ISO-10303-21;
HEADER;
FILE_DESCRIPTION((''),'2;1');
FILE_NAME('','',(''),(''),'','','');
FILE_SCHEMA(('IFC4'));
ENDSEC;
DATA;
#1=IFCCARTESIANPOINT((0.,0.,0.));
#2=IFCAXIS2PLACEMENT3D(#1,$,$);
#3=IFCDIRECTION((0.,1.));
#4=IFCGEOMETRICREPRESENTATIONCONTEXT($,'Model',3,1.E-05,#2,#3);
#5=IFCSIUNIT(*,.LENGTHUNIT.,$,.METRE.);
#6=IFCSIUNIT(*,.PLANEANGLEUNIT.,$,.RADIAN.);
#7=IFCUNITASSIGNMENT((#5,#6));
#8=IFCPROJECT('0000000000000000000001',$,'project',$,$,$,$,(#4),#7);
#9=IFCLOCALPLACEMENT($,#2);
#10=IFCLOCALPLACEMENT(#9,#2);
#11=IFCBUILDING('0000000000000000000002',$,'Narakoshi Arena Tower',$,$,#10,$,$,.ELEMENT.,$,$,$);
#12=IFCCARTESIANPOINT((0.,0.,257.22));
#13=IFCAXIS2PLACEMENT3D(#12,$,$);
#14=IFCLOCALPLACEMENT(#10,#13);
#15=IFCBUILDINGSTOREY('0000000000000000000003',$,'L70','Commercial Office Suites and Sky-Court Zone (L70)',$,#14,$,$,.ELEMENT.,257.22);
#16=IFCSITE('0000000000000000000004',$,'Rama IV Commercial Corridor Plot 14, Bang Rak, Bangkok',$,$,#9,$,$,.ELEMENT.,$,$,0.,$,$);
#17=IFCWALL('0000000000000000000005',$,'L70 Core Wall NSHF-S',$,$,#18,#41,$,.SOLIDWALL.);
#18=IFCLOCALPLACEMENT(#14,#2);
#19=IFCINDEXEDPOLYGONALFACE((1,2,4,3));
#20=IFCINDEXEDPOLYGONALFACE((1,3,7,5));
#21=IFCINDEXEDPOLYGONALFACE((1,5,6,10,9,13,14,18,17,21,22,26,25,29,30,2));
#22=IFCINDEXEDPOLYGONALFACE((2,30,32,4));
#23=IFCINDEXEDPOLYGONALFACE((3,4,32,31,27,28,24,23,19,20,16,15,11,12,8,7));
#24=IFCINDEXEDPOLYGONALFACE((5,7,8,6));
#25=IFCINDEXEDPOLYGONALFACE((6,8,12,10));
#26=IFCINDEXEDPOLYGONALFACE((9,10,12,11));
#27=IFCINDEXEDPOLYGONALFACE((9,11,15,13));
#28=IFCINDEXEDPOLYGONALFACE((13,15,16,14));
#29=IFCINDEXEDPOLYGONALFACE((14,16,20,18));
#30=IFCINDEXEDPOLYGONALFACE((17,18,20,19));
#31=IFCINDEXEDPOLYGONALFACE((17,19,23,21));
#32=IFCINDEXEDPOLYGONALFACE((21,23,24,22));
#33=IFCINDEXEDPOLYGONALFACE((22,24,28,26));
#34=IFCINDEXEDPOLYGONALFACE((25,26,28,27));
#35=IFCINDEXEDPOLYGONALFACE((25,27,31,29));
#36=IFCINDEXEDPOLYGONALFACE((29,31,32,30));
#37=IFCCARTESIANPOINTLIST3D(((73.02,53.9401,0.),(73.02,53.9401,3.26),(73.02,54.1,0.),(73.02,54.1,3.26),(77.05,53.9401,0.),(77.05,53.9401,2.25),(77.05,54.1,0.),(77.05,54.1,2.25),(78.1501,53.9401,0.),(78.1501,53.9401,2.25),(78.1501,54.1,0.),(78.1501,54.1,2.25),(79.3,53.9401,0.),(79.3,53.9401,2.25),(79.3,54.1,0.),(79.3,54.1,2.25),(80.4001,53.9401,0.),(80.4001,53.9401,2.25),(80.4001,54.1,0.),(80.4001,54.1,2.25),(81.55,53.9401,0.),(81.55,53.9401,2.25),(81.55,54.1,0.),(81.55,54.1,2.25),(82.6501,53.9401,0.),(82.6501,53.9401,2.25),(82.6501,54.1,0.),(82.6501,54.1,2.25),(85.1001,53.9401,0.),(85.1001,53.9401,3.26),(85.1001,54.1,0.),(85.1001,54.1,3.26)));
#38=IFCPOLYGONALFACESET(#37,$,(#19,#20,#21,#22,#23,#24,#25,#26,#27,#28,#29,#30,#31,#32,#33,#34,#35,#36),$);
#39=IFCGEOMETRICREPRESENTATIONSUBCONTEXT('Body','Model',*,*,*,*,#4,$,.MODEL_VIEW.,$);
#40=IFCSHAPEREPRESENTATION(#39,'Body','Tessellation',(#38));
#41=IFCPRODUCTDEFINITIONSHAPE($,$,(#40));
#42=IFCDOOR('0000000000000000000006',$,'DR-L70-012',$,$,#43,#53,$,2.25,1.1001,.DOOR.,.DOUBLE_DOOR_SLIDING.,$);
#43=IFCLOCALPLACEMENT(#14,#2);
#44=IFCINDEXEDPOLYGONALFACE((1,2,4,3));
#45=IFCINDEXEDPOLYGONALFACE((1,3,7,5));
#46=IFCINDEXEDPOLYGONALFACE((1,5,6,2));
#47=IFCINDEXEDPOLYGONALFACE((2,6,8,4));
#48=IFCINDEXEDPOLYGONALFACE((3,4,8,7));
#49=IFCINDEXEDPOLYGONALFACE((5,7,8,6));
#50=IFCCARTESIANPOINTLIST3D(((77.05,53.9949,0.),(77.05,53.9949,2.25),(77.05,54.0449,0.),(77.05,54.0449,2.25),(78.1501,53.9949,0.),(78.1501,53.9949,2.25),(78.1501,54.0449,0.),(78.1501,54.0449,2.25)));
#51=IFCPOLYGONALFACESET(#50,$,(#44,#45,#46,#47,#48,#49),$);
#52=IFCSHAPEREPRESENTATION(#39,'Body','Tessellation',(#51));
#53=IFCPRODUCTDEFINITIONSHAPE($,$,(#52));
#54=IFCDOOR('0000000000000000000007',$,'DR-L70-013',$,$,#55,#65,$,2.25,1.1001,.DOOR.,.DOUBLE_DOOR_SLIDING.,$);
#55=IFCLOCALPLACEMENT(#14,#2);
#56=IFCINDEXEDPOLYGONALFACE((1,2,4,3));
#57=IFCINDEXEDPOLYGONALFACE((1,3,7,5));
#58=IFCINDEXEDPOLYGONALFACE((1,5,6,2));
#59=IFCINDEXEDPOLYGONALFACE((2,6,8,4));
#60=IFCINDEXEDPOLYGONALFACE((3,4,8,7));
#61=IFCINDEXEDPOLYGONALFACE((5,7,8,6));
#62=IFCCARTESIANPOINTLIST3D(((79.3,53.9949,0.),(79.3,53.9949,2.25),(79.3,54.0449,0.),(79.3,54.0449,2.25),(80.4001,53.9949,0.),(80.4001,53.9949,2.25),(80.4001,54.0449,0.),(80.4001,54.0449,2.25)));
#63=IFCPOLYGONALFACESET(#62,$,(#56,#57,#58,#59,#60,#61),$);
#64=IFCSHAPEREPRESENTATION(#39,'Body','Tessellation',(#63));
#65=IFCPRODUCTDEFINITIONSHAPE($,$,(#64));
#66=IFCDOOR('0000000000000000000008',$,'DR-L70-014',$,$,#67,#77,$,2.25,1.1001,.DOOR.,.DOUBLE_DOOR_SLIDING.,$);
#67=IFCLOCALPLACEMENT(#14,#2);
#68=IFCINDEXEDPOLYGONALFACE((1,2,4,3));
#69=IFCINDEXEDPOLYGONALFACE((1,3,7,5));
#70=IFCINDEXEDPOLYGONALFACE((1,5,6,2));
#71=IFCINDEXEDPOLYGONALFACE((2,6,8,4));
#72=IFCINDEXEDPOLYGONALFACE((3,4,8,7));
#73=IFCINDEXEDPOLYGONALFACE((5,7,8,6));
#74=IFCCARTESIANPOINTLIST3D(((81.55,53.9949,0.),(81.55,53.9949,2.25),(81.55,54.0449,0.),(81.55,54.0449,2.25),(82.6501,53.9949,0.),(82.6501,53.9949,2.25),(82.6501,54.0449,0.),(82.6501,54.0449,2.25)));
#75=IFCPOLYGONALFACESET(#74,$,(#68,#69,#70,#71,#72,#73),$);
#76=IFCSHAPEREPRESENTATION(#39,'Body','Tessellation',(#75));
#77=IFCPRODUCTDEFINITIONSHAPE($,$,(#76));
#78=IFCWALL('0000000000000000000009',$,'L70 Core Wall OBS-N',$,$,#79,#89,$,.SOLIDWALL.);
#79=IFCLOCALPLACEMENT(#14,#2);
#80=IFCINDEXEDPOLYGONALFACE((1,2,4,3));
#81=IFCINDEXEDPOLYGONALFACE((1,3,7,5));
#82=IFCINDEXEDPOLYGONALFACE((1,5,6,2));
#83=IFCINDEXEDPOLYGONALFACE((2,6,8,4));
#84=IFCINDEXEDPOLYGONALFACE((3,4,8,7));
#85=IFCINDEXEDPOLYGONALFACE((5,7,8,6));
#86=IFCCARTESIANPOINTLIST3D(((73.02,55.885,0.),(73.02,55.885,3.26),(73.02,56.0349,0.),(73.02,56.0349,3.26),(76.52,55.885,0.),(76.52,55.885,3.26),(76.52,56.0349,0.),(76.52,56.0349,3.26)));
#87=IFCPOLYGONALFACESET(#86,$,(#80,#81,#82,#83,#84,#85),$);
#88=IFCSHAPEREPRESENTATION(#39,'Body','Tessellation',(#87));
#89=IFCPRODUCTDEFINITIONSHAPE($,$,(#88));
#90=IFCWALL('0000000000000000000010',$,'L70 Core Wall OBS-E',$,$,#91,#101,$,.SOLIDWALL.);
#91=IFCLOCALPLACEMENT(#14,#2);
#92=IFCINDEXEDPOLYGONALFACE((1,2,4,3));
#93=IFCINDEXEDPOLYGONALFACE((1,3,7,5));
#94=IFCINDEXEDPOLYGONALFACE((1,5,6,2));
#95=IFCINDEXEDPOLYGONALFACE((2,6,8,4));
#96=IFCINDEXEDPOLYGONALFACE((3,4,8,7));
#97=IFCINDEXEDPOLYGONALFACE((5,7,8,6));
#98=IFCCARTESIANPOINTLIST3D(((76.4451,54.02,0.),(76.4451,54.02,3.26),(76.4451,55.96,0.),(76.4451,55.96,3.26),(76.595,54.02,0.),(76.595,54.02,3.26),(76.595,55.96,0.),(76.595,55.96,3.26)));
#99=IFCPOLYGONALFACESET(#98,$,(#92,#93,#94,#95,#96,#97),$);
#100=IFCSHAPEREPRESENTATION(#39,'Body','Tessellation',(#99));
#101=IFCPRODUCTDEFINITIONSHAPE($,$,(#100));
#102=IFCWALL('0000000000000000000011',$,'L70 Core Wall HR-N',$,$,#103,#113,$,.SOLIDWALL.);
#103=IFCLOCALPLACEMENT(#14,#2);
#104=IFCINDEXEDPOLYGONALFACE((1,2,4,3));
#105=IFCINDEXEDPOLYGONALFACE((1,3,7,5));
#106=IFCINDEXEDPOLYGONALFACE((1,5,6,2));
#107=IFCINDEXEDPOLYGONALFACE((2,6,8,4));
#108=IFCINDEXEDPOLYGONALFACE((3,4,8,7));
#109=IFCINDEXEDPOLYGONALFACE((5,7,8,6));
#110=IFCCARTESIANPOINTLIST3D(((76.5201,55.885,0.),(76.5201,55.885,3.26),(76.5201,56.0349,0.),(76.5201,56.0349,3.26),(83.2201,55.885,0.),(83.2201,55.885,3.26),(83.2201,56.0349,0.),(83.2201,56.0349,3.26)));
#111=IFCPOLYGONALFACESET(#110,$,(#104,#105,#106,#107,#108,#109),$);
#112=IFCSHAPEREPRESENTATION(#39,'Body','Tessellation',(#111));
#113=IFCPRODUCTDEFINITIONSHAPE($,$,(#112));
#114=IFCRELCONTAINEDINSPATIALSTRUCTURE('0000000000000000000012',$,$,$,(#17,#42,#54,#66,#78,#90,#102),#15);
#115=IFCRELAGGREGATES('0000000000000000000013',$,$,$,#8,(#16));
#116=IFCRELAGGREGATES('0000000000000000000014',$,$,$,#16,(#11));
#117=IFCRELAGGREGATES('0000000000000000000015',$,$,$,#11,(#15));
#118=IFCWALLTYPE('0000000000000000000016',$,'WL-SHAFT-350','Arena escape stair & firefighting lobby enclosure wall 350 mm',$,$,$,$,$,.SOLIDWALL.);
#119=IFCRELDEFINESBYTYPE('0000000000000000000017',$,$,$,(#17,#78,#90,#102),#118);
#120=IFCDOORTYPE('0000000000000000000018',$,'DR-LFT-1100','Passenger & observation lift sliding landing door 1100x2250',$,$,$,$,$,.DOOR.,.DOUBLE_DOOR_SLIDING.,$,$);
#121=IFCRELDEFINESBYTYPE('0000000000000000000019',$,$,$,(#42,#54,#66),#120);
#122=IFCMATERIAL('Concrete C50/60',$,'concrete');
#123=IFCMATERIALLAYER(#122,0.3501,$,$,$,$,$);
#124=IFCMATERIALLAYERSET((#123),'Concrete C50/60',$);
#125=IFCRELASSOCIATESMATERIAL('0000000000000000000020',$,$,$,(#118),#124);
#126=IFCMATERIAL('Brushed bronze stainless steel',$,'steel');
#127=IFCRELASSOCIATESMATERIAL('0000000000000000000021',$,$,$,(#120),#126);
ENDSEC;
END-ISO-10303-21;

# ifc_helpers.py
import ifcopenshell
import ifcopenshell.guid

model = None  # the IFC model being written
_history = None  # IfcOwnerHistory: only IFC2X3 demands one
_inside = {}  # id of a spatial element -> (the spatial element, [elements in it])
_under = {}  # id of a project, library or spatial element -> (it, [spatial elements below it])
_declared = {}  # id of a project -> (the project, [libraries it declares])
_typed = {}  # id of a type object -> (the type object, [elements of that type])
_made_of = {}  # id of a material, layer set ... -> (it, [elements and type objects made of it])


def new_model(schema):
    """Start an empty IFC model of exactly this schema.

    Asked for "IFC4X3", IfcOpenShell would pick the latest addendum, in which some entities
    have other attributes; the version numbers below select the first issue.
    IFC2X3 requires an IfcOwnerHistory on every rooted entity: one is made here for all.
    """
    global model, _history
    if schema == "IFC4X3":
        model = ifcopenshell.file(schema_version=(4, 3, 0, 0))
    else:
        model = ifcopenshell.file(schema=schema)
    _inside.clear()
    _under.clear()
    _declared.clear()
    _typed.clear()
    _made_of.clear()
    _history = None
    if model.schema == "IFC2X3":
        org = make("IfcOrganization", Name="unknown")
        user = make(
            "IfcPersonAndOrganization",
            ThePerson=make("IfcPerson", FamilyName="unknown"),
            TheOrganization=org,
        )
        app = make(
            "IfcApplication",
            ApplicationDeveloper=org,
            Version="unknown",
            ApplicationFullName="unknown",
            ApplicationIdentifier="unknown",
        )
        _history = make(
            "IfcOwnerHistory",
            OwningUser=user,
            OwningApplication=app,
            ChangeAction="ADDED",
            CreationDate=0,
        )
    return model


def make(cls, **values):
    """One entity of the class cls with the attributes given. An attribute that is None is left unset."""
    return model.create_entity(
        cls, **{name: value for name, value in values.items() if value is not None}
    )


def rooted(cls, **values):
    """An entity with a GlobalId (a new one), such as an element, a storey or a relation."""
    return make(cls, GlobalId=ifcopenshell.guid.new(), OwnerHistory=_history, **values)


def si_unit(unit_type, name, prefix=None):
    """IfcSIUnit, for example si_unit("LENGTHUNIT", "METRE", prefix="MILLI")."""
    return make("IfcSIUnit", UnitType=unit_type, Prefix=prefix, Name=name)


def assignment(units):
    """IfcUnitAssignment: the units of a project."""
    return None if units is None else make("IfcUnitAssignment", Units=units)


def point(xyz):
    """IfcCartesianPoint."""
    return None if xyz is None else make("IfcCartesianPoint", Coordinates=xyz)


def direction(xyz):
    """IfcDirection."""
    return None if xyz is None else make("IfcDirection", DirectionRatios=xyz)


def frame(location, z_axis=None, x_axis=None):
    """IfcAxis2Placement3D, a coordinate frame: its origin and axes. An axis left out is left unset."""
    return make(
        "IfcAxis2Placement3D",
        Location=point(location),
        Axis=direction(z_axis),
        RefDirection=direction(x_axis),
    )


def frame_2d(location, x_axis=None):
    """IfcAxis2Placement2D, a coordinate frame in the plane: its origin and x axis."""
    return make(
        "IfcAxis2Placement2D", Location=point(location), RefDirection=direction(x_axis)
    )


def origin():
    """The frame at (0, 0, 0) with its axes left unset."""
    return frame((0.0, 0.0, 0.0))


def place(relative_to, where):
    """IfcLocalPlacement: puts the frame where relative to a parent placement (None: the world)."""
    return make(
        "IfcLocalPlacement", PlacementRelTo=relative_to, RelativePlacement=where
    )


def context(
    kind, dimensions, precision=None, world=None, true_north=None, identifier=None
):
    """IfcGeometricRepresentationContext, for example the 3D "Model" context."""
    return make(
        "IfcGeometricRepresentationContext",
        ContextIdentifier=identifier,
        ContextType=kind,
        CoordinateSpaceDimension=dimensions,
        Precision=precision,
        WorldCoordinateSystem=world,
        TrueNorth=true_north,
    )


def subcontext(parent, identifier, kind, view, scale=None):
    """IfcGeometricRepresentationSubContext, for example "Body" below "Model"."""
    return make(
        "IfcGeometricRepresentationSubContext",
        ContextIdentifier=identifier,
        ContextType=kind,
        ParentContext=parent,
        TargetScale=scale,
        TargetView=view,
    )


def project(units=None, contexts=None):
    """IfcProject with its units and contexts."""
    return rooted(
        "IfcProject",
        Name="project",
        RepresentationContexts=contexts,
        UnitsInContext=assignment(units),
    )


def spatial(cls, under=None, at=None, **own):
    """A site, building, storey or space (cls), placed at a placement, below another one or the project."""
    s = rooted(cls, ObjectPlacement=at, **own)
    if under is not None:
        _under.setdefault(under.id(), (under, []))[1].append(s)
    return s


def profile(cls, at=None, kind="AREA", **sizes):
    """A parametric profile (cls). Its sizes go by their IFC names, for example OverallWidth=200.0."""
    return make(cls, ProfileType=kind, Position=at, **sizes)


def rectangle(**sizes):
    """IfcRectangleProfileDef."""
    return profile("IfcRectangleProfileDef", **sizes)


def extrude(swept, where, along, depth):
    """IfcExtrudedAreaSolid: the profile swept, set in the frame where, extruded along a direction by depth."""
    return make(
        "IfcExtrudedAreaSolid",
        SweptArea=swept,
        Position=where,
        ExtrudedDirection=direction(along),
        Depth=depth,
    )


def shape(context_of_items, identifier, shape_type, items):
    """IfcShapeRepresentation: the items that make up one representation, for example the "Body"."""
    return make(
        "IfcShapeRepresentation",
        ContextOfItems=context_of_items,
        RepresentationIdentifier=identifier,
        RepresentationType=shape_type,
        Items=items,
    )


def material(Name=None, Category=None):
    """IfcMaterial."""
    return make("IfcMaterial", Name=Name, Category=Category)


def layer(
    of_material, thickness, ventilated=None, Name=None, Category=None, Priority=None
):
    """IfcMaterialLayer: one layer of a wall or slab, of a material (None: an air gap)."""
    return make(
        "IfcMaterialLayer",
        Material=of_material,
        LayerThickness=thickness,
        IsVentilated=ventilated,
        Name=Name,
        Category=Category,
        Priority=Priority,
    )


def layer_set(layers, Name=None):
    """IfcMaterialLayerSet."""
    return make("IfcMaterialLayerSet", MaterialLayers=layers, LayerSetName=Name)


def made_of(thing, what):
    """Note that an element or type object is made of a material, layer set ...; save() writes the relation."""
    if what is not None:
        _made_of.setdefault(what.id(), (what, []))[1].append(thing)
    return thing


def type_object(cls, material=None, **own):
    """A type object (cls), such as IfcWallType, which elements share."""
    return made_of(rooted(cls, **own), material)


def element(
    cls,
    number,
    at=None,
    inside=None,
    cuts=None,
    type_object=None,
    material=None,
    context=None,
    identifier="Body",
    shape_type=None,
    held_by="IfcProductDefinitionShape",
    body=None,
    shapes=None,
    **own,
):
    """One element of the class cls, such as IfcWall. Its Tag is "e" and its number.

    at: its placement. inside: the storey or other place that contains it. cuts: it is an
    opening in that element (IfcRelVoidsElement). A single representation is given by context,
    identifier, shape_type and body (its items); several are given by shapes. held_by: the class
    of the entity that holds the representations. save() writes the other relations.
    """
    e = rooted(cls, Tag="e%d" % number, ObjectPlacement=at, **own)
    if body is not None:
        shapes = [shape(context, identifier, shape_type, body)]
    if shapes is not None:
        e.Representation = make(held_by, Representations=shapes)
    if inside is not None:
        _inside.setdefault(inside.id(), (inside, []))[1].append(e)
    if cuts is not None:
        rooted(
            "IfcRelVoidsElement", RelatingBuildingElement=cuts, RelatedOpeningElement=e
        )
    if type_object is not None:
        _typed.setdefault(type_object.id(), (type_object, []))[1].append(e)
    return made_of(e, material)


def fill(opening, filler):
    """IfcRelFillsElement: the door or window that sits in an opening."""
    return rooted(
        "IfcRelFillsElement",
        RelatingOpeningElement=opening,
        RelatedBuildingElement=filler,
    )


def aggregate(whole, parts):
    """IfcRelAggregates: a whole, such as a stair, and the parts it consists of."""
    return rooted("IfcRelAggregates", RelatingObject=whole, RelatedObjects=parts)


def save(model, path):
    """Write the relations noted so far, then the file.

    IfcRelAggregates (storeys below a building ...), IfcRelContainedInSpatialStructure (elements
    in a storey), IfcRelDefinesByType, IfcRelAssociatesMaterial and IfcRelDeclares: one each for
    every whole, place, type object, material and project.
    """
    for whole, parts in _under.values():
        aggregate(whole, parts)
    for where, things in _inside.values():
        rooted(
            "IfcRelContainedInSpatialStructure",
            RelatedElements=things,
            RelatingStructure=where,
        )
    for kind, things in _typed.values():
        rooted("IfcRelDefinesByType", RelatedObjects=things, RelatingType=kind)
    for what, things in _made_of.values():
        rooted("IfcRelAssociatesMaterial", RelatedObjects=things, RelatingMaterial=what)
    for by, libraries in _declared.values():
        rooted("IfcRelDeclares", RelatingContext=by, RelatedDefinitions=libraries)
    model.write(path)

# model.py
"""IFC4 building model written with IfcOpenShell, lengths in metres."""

from ifc_helpers import new_model, si_unit, direction, frame, frame_2d, origin, place, context, subcontext, project, spatial, rectangle, extrude, material, layer, layer_set, type_object, element, fill, save


model = new_model("IFC4")

# Units and contexts
model_context = context("Model", 3, precision=1e-05, world=origin(), true_north=direction((0.0, 1.0)))
body_context = subcontext(model_context, "Body", "Model", "MODEL_VIEW")
ifc_project = project(units=[si_unit("LENGTHUNIT", "METRE"), si_unit("PLANEANGLEUNIT", "RADIAN")], contexts=[model_context])

# Site, building, storey
site_placement = place(None, origin())
site = spatial("IfcSite", under=ifc_project, at=site_placement, Name="Rama IV Commercial Corridor Plot 14, Bang Rak, Bangkok", CompositionType="ELEMENT", RefElevation=0.0)
building_placement = place(site_placement, origin())
building = spatial("IfcBuilding", under=site, at=building_placement, Name="Narakoshi Arena Tower", CompositionType="ELEMENT")
storey_placement = place(building_placement, frame((0.0, 0.0, 257.22)))
storey = spatial("IfcBuildingStorey", under=building, at=storey_placement, Name="L70", Description="Commercial Office Suites and Sky-Court Zone (L70)", CompositionType="ELEMENT", Elevation=257.22)

# Shared definitions
ifc_material_1 = material(Name="Concrete C50/60", Category="concrete")

# Shared definitions
ifc_layer_1 = layer(ifc_material_1, 0.3501)
ifc_layer_set_1 = layer_set([ifc_layer_1], Name="Concrete C50/60")
wall_type_1 = type_object("IfcWallType", Name="WL-SHAFT-350", Description="Arena escape stair & firefighting lobby enclosure wall 350 mm", PredefinedType="SOLIDWALL", material=ifc_layer_set_1)

# Wall, openings, doors
wall_1_placement = place(storey_placement, frame((73.02, 54.02, 0.0), z_axis=(0.0, 0.0, 1.0), x_axis=(1.0, 0.0, 0.0)))
wall_1 = element("IfcWall", 1, at=wall_1_placement, inside=storey, type_object=wall_type_1, Name="L70 Core Wall NSHF-S", PredefinedType="SOLIDWALL", context=body_context, shape_type="SweptSolid", body=[
    extrude(rectangle(XDim=12.0801, YDim=0.1599, at=frame_2d((6.04, 0.0))), origin(), (0.0, 0.0, 1.0), 3.26),
])
opening_1_placement = place(wall_1_placement, frame((4.03, 0.0, 0.0)))
opening_1 = element("IfcOpeningElement", 2, at=opening_1_placement, cuts=wall_1, PredefinedType="OPENING", context=body_context, shape_type="SweptSolid", body=[
    extrude(rectangle(XDim=1.1001, YDim=2.25, at=frame_2d((0.55, 1.125))), frame((0.0, 0.0898, 0.0), z_axis=(0.0, -1.0, 0.0), x_axis=(1.0, 0.0, 0.0)), (0.0, 0.0, 1.0), 0.1799),
])
opening_2_placement = place(wall_1_placement, frame((6.28, 0.0, 0.0)))
opening_2 = element("IfcOpeningElement", 3, at=opening_2_placement, cuts=wall_1, PredefinedType="OPENING", context=body_context, shape_type="SweptSolid", body=[
    extrude(rectangle(XDim=1.1001, YDim=2.25, at=frame_2d((0.55, 1.125))), frame((0.0, 0.0898, 0.0), z_axis=(0.0, -1.0, 0.0), x_axis=(1.0, 0.0, 0.0)), (0.0, 0.0, 1.0), 0.1799),
])
opening_3_placement = place(wall_1_placement, frame((8.53, 0.0, 0.0)))
opening_3 = element("IfcOpeningElement", 4, at=opening_3_placement, cuts=wall_1, PredefinedType="OPENING", context=body_context, shape_type="SweptSolid", body=[
    extrude(rectangle(XDim=1.1001, YDim=2.25, at=frame_2d((0.55, 1.125))), frame((0.0, 0.0898, 0.0), z_axis=(0.0, -1.0, 0.0), x_axis=(1.0, 0.0, 0.0)), (0.0, 0.0, 1.0), 0.1799),
])
ifc_material_2 = material(Name="Brushed bronze stainless steel", Category="steel")
door_type_1 = type_object("IfcDoorType", Name="DR-LFT-1100", Description="Passenger & observation lift sliding landing door 1100x2250", OperationType="DOUBLE_DOOR_SLIDING", PredefinedType="DOOR", material=ifc_material_2)
door_1_placement = place(opening_1_placement, origin())
door_1 = element("IfcDoor", 5, at=door_1_placement, inside=storey, type_object=door_type_1, Name="DR-L70-012", OperationType="DOUBLE_DOOR_SLIDING", OverallHeight=2.25, OverallWidth=1.1001, PredefinedType="DOOR", context=body_context, shape_type="SweptSolid", body=[
    extrude(rectangle(XDim=1.1001, YDim=2.25, at=frame_2d((0.55, 1.125))), frame((0.0, 0.0249, 0.0), z_axis=(0.0, -1.0, 0.0), x_axis=(1.0, 0.0, 0.0)), (0.0, 0.0, 1.0), 0.05),
])
fill(opening_1, door_1)
door_2_placement = place(opening_2_placement, origin())
door_2 = element("IfcDoor", 6, at=door_2_placement, inside=storey, type_object=door_type_1, Name="DR-L70-013", OperationType="DOUBLE_DOOR_SLIDING", OverallHeight=2.25, OverallWidth=1.1001, PredefinedType="DOOR", context=body_context, shape_type="SweptSolid", body=[
    extrude(rectangle(XDim=1.1001, YDim=2.25, at=frame_2d((0.55, 1.125))), frame((0.0, 0.0249, 0.0), z_axis=(0.0, -1.0, 0.0), x_axis=(1.0, 0.0, 0.0)), (0.0, 0.0, 1.0), 0.05),
])
fill(opening_2, door_2)
door_3_placement = place(opening_3_placement, origin())
door_3 = element("IfcDoor", 7, at=door_3_placement, inside=storey, type_object=door_type_1, Name="DR-L70-014", OperationType="DOUBLE_DOOR_SLIDING", OverallHeight=2.25, OverallWidth=1.1001, PredefinedType="DOOR", context=body_context, shape_type="SweptSolid", body=[
    extrude(rectangle(XDim=1.1001, YDim=2.25, at=frame_2d((0.55, 1.125))), frame((0.0, 0.0249, 0.0), z_axis=(0.0, -1.0, 0.0), x_axis=(1.0, 0.0, 0.0)), (0.0, 0.0, 1.0), 0.05),
])
fill(opening_3, door_3)

# Walls
wall_2_placement = place(storey_placement, frame((73.02, 55.96, 0.0), z_axis=(0.0, 0.0, 1.0), x_axis=(1.0, 0.0, 0.0)))
element("IfcWall", 8, at=wall_2_placement, inside=storey, type_object=wall_type_1, Name="L70 Core Wall OBS-N", PredefinedType="SOLIDWALL", context=body_context, shape_type="SweptSolid", body=[
    extrude(rectangle(XDim=3.5, YDim=0.1499, at=frame_2d((1.75, 0.0))), origin(), (0.0, 0.0, 1.0), 3.26),
])
wall_3_placement = place(storey_placement, frame((76.52, 54.02, 0.0), z_axis=(0.0, 0.0, 1.0), x_axis=(0.0, 1.0, 0.0)))
element("IfcWall", 9, at=wall_3_placement, inside=storey, type_object=wall_type_1, Name="L70 Core Wall OBS-E", PredefinedType="SOLIDWALL", context=body_context, shape_type="SweptSolid", body=[
    extrude(rectangle(XDim=1.9399, YDim=0.1499, at=frame_2d((0.97, 0.0))), origin(), (0.0, 0.0, 1.0), 3.26),
])
wall_4_placement = place(storey_placement, frame((76.52, 55.96, 0.0), z_axis=(0.0, 0.0, 1.0), x_axis=(1.0, 0.0, 0.0)))
element("IfcWall", 10, at=wall_4_placement, inside=storey, type_object=wall_type_1, Name="L70 Core Wall HR-N", PredefinedType="SOLIDWALL", context=body_context, shape_type="SweptSolid", body=[
    extrude(rectangle(XDim=6.7, YDim=0.1499, at=frame_2d((3.3501, 0.0))), origin(), (0.0, 0.0, 1.0), 3.26),
])

save(model, "model.ifc")
